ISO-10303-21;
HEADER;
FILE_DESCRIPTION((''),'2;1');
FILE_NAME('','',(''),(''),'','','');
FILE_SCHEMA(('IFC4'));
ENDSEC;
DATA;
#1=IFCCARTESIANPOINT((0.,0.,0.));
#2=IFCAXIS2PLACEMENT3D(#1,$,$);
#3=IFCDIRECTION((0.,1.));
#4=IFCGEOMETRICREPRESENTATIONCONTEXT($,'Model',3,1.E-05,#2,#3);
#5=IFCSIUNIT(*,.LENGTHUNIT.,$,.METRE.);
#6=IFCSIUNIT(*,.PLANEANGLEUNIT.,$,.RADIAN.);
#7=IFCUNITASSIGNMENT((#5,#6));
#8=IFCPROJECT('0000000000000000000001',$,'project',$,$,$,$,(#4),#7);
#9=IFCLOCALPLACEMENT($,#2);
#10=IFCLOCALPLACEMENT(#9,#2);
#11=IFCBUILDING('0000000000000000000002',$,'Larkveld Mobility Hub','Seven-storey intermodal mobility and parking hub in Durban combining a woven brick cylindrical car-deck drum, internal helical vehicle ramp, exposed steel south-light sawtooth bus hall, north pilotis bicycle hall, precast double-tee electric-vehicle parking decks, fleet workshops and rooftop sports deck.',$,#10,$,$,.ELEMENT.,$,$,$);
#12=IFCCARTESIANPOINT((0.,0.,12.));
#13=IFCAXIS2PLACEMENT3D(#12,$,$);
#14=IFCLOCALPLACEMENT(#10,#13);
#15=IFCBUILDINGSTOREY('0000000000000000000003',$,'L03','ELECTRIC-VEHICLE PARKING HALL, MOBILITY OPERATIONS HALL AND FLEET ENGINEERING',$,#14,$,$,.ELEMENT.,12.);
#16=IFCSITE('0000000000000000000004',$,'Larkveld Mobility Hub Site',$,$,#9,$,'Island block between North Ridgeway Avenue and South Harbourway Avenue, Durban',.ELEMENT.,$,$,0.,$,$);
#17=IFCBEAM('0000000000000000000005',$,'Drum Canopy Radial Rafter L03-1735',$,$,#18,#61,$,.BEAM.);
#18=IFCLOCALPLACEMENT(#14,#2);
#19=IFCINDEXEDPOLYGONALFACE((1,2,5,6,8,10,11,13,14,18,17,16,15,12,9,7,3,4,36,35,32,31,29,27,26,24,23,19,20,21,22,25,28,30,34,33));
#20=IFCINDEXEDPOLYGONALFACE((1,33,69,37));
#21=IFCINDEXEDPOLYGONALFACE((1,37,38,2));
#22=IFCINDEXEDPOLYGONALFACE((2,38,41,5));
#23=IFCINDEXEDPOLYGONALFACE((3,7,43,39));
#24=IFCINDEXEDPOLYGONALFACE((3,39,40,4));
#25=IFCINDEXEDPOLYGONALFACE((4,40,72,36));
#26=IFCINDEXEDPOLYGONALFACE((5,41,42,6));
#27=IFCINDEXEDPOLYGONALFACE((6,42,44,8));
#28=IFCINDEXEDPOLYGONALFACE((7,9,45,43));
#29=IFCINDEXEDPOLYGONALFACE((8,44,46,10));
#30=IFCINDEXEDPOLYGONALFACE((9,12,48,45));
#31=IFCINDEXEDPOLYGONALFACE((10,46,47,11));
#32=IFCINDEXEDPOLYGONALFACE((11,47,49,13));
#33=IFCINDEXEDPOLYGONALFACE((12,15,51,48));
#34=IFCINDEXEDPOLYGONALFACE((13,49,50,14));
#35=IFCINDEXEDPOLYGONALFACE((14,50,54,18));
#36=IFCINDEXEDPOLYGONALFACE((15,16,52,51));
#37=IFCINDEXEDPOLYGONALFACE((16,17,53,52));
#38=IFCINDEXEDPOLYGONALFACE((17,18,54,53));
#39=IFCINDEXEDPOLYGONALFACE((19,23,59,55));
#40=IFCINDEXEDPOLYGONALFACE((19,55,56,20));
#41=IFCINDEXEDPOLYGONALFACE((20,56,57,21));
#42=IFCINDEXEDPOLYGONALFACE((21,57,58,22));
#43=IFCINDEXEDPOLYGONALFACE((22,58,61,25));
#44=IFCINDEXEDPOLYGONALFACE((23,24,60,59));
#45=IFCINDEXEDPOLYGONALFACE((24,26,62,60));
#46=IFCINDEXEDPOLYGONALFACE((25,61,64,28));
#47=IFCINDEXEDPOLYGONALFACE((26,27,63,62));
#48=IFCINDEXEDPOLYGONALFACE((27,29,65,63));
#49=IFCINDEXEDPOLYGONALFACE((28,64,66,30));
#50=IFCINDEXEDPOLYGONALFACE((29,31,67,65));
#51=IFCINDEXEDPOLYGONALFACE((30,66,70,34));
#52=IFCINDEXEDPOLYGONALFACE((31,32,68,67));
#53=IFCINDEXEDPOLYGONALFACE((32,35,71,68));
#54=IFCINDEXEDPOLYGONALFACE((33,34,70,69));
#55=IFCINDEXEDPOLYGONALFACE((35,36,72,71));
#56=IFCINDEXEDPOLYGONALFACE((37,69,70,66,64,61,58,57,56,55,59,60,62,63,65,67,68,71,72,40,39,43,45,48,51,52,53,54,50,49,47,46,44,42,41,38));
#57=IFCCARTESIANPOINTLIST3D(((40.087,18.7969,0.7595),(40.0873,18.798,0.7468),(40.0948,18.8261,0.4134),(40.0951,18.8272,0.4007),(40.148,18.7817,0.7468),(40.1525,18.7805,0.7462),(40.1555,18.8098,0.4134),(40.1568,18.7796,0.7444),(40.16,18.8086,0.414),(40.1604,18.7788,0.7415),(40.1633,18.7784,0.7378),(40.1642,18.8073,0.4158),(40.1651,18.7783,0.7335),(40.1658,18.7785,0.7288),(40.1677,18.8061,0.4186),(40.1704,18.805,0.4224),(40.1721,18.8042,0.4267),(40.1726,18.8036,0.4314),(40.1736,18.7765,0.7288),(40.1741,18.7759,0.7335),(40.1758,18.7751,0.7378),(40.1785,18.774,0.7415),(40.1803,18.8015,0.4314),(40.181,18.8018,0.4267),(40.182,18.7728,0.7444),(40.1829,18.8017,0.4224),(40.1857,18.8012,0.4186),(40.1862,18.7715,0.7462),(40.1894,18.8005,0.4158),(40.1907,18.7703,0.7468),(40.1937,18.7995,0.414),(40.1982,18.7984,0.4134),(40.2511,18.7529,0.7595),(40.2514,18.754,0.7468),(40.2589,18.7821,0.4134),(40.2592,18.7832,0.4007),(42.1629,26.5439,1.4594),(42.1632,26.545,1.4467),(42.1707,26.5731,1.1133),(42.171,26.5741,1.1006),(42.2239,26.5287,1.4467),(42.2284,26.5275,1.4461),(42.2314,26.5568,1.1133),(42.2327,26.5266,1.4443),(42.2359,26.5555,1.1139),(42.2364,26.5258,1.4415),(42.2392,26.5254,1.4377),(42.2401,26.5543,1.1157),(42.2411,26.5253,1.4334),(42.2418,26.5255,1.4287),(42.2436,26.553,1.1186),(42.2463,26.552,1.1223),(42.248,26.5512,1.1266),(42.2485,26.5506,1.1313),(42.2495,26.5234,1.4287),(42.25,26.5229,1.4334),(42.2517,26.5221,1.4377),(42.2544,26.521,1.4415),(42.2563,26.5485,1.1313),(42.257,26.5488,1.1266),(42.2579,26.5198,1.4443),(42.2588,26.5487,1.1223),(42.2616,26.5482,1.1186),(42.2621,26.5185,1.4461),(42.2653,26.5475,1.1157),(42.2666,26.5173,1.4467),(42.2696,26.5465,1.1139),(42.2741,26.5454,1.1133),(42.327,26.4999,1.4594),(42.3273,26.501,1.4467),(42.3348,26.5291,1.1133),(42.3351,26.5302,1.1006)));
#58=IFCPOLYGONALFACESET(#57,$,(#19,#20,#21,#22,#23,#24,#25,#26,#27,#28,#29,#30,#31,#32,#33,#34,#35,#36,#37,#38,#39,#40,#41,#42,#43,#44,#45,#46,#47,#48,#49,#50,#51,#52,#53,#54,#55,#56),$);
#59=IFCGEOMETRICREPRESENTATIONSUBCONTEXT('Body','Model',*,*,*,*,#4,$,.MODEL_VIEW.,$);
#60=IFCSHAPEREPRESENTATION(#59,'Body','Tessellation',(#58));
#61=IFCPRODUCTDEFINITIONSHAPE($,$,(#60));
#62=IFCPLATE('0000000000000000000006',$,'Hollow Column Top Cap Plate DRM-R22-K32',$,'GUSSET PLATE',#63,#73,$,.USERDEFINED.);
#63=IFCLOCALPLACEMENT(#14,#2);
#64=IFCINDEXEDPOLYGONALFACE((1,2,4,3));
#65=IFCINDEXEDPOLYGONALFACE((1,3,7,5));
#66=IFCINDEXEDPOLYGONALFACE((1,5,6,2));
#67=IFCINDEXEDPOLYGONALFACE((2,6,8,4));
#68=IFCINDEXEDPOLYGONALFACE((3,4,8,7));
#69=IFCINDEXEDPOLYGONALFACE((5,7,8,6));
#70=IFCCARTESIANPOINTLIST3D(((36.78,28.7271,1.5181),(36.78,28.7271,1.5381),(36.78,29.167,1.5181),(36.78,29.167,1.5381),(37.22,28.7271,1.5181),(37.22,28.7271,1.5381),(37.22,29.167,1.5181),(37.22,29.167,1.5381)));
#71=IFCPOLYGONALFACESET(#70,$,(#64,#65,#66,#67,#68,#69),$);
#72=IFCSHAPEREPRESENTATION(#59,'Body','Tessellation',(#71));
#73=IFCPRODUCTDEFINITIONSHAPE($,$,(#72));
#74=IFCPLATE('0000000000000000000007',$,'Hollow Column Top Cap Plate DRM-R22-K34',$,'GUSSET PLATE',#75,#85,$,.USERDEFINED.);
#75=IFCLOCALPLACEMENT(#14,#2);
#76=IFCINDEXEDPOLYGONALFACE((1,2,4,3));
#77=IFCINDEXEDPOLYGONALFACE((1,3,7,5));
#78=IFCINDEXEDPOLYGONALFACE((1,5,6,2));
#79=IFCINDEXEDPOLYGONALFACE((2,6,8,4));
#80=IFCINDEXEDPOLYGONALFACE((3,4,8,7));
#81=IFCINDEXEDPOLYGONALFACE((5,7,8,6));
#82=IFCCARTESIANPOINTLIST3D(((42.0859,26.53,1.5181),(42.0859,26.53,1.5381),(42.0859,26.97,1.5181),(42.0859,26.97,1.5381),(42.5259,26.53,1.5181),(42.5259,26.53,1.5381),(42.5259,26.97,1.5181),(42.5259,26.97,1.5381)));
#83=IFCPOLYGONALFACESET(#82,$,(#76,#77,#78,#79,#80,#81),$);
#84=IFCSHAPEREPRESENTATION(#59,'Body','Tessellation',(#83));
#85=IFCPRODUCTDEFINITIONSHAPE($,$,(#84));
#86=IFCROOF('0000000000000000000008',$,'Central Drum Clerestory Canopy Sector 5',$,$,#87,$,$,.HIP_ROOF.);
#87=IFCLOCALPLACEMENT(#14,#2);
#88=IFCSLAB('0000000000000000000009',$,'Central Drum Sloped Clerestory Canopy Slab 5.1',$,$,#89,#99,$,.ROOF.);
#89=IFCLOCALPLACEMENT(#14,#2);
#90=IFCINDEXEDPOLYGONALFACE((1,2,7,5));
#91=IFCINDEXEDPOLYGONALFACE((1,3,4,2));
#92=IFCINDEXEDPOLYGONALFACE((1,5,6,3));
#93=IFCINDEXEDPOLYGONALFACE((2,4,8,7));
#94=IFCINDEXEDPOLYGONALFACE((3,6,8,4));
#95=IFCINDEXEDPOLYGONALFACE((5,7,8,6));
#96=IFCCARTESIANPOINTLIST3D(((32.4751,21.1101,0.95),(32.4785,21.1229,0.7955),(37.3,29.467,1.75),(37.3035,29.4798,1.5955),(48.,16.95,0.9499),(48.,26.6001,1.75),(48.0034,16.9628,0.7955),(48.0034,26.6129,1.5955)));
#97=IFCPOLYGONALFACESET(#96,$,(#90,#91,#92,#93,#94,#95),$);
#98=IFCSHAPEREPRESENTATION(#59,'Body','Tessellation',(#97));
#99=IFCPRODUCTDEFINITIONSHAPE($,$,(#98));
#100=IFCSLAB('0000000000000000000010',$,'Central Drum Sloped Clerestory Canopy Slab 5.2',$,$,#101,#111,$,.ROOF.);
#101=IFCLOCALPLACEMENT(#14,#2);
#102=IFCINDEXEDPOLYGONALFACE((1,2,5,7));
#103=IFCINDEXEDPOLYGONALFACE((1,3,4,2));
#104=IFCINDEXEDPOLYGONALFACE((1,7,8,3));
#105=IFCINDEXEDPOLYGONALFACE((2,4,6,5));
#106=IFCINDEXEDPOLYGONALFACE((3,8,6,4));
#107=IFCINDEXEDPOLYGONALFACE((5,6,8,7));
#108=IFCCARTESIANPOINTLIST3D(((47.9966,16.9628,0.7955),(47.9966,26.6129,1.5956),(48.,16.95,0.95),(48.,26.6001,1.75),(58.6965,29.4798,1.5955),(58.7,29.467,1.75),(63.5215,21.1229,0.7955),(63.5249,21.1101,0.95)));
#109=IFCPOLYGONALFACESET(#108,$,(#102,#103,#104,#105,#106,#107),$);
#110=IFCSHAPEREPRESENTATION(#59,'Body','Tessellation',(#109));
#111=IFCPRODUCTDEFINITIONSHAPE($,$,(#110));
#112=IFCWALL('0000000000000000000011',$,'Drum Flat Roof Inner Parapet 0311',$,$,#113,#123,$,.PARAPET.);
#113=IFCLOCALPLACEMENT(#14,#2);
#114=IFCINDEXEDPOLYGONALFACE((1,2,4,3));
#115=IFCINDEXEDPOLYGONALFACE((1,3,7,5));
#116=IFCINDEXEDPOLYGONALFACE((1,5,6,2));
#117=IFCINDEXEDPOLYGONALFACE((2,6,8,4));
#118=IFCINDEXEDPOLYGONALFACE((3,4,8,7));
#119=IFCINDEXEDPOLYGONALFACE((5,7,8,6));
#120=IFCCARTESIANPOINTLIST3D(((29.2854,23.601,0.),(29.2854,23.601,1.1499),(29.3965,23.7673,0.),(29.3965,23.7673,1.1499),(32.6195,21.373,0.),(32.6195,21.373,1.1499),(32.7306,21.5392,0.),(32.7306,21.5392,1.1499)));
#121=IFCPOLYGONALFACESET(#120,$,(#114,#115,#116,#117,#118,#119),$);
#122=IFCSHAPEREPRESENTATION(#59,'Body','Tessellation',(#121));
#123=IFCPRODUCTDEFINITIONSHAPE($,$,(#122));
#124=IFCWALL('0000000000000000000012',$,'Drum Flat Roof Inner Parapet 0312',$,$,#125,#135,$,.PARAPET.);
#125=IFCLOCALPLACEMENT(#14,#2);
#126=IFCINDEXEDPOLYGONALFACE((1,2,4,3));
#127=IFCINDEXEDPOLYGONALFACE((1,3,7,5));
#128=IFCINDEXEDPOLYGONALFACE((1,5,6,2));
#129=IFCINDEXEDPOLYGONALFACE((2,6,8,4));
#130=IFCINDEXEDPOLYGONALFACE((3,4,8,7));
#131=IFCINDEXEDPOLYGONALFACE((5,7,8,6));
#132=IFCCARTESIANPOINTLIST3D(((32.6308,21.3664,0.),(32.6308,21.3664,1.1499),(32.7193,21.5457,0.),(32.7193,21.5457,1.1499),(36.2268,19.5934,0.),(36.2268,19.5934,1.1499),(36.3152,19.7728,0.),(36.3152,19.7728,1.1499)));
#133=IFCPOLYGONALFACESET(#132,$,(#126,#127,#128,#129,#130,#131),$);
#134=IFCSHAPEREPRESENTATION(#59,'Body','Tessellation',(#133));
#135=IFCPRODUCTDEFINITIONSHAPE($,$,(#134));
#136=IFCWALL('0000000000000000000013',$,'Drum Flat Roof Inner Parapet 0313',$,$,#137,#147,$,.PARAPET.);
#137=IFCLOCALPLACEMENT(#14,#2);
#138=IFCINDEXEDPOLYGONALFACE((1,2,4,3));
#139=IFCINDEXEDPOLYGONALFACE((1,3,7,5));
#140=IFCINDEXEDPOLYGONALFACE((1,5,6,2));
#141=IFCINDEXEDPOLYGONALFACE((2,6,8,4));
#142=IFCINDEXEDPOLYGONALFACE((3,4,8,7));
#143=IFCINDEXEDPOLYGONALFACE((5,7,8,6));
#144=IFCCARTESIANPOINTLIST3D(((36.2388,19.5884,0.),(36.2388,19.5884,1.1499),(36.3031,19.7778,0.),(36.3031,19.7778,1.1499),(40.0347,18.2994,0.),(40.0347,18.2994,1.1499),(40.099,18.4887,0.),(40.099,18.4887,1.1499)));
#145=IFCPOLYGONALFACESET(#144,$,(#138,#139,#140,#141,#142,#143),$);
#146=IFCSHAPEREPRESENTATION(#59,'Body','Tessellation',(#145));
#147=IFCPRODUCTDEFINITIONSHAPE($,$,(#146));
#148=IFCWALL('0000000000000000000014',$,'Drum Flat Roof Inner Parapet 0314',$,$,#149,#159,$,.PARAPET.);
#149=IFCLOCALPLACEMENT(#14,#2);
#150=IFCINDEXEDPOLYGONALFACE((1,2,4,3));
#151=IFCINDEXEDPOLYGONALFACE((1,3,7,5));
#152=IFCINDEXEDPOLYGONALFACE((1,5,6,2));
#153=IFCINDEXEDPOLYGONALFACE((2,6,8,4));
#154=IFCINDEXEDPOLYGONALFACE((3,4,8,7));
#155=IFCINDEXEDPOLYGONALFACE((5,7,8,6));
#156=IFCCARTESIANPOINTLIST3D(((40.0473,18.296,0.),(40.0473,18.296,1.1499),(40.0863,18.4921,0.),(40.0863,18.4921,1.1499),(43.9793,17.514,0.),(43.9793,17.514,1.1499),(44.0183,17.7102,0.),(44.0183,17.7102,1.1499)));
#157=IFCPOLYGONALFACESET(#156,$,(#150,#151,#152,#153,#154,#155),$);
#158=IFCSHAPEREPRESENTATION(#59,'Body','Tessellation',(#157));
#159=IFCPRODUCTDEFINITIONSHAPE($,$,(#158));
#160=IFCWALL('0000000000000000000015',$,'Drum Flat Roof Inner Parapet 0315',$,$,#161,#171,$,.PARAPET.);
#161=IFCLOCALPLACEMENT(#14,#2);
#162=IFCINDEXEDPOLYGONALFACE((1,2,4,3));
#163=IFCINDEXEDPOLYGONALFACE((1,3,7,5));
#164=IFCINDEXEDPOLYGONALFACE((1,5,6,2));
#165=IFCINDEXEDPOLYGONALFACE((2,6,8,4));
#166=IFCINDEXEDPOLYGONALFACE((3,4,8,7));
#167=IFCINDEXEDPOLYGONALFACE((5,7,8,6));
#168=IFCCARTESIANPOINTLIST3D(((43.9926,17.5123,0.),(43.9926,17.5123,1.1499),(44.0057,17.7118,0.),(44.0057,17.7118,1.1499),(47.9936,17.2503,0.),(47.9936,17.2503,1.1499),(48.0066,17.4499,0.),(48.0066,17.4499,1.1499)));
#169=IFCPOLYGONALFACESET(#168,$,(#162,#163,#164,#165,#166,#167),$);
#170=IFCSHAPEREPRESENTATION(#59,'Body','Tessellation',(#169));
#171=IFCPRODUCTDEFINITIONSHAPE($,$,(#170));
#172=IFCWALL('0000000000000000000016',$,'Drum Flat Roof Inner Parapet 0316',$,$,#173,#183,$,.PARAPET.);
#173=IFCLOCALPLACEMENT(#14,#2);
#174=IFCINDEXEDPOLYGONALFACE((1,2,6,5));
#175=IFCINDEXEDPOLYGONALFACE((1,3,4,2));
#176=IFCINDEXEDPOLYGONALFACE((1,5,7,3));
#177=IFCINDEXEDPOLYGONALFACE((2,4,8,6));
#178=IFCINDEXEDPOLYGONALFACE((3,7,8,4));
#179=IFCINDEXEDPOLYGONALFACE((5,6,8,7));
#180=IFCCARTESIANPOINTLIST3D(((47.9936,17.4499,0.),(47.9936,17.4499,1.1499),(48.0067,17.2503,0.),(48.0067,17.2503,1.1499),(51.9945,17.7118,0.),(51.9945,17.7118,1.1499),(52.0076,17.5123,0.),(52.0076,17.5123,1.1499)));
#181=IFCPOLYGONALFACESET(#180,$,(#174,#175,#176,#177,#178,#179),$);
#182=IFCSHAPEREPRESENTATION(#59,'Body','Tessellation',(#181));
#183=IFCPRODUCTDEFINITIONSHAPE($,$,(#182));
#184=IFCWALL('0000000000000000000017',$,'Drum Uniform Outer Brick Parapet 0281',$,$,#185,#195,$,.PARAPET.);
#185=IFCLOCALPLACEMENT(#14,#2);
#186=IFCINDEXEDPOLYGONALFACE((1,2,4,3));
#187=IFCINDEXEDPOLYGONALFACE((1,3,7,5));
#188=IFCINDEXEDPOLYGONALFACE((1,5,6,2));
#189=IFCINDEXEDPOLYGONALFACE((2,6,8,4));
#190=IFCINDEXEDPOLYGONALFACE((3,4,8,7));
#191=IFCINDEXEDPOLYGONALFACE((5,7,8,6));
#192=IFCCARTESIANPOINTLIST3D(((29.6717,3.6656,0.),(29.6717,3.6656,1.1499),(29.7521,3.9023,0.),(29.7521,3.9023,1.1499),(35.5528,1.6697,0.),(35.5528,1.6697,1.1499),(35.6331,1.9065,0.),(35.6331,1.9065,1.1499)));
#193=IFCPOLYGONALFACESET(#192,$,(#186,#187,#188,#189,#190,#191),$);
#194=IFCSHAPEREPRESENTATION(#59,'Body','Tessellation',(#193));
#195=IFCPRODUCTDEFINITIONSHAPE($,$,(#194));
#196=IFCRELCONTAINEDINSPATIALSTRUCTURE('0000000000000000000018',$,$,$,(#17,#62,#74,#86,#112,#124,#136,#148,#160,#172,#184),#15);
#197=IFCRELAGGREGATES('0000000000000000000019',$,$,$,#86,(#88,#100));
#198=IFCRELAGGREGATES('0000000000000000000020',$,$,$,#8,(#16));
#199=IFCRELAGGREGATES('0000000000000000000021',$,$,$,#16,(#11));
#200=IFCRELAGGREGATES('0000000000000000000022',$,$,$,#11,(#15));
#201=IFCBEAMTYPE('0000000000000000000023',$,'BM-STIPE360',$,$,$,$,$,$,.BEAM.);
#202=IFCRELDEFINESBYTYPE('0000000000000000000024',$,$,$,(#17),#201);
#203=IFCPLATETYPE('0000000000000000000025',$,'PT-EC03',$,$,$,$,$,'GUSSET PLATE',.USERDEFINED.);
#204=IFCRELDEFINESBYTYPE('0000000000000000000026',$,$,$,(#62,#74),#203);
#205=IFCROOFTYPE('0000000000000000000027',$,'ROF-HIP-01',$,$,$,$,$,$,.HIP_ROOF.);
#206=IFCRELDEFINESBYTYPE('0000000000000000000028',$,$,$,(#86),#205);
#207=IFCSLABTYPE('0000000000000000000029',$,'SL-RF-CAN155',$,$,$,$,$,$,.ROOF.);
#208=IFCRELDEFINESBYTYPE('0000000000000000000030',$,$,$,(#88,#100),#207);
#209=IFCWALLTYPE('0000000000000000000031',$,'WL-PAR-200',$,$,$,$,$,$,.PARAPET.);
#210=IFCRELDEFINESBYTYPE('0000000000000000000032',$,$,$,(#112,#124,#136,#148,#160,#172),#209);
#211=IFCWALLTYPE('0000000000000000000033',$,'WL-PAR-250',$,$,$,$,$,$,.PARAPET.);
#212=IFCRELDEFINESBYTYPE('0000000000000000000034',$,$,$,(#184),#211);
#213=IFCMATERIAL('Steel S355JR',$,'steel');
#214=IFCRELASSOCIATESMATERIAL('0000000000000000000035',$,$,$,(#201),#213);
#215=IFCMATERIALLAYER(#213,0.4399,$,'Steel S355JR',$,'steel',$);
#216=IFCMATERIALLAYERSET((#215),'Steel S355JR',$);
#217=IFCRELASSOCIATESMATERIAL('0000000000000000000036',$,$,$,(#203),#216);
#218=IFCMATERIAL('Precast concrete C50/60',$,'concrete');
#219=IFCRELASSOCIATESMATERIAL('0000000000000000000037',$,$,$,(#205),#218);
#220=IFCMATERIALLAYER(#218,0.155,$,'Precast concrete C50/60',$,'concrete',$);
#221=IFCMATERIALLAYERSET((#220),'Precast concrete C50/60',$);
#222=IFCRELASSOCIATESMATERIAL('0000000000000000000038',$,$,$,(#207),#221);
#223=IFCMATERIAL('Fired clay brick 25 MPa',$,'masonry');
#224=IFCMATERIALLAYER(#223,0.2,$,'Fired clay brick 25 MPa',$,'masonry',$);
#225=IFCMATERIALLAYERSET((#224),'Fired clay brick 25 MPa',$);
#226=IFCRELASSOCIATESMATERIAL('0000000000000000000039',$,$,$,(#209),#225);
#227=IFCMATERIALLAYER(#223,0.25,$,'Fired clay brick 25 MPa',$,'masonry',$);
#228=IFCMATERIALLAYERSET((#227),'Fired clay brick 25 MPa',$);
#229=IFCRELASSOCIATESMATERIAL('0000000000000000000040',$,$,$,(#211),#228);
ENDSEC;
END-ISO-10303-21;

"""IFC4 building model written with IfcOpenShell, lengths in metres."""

from ifc_helpers import new_model, si_unit, direction, frame, frame_2d, origin, origin_2d, place, context, subcontext, project, spatial, polyline, rectangle, i_section, outline, extrude, material, layer, layer_set, material_profile, profile_set, type_object, element, aggregate, save


model = new_model("IFC4")

# Units and contexts
model_context = context("Model", 3, precision=1e-05, world=origin(), true_north=direction((0.0, 1.0)))
body_context = subcontext(model_context, "Body", "Model", "MODEL_VIEW")
ifc_project = project(units=[si_unit("LENGTHUNIT", "METRE"), si_unit("PLANEANGLEUNIT", "RADIAN")], contexts=[model_context])

# Site, building, storey
site_placement = place(None, origin())
site = spatial("IfcSite", under=ifc_project, at=site_placement, Name="Larkveld Mobility Hub Site", LongName="Island block between North Ridgeway Avenue and South Harbourway Avenue, Durban", CompositionType="ELEMENT", RefElevation=0.0)
building_placement = place(site_placement, origin())
building = spatial("IfcBuilding", under=site, at=building_placement, Name="Larkveld Mobility Hub", Description="Seven-storey intermodal mobility and parking hub in Durban combining a woven brick cylindrical car-deck drum, internal helical vehicle ramp, exposed steel south-light sawtooth bus hall, north pilotis bicycle hall, precast double-tee electric-vehicle parking decks, fleet workshops and rooftop sports deck.", CompositionType="ELEMENT")
storey_placement = place(building_placement, frame((0.0, 0.0, 12.0)))
storey = spatial("IfcBuildingStorey", under=building, at=storey_placement, Name="L03", Description="ELECTRIC-VEHICLE PARKING HALL, MOBILITY OPERATIONS HALL AND FLEET ENGINEERING", CompositionType="ELEMENT", Elevation=12.0)

# Shared definitions
ifc_material_1 = material(Name="Steel S355JR", Category="steel")

# Beam
ifc_material_profile_1 = material_profile(ifc_material_1, i_section(OverallWidth=0.1699, OverallDepth=0.3601, WebThickness=0.0081, FlangeThickness=0.0127, FilletRadius=0.0181, at=origin_2d()), Name="IPE 360")
ifc_profile_set_1 = profile_set([ifc_material_profile_1], Name="Steel S355JR")
beam_type_1 = type_object("IfcBeamType", Name="BM-STIPE360", PredefinedType="BEAM", material=ifc_profile_set_1)
beam_1_placement = place(storey_placement, frame((40.1731, 18.79, 0.5801), z_axis=(0.257851, 0.962265, 0.086941), x_axis=(-0.965923, 0.258831, 0.0)))
element("IfcBeam", 1, at=beam_1_placement, inside=storey, type_object=beam_type_1, Name="Drum Canopy Radial Rafter L03-1735", PredefinedType="BEAM", context=body_context, shape_type="SweptSolid", body=[
    extrude(i_section(OverallWidth=0.1699, OverallDepth=0.3601, WebThickness=0.0081, FlangeThickness=0.0127, FilletRadius=0.0181, at=origin_2d()), origin(), (0.0, 0.0, 1.0), 8.0508),
])

# Plates
ifc_layer_1 = layer(ifc_material_1, 0.4399, Name="Steel S355JR", Category="steel")
ifc_layer_set_1 = layer_set([ifc_layer_1], Name="Steel S355JR")
plate_type = type_object("IfcPlateType", Name="PT-EC03", ElementType="GUSSET PLATE", PredefinedType="USERDEFINED", material=ifc_layer_set_1)
for number, where, z_axis, x_axis, name in (
    (2, (37.0, 28.947, 1.5181), (0.0, 0.0, 1.0), (1.0, 0.0, 0.0), "Hollow Column Top Cap Plate DRM-R22-K32"),
    (3, (42.3059, 26.75, 1.5181), (0.0, 0.0, 1.0), (1.0, 0.0, 0.0), "Hollow Column Top Cap Plate DRM-R22-K34"),
):
    element("IfcPlate", number, at=place(storey_placement, frame(where, z_axis=z_axis, x_axis=x_axis)), inside=storey, type_object=plate_type, Name=name, ObjectType="GUSSET PLATE", PredefinedType="USERDEFINED", context=body_context, shape_type="SweptSolid", body=[
        extrude(rectangle(XDim=0.4399, YDim=0.4399, at=origin_2d()), origin(), (0.0, 0.0, 1.0), 0.02),
    ])

# Roof, slabs
ifc_material_2 = material(Name="Precast concrete C50/60", Category="concrete")
roof_type = type_object("IfcRoofType", Name="ROF-HIP-01", PredefinedType="HIP_ROOF", material=ifc_material_2)
roof_placement = place(storey_placement, origin())
roof = element("IfcRoof", 4, at=roof_placement, inside=storey, type_object=roof_type, Name="Central Drum Clerestory Canopy Sector 5", PredefinedType="HIP_ROOF")
ifc_layer_2 = layer(ifc_material_2, 0.155, Name="Precast concrete C50/60", Category="concrete")
ifc_layer_set_2 = layer_set([ifc_layer_2], Name="Precast concrete C50/60")
slab_type = type_object("IfcSlabType", Name="SL-RF-CAN155", PredefinedType="ROOF", material=ifc_layer_set_2)
slab_1_placement = place(storey_placement, frame((32.4751, 21.1101, 0.95), z_axis=(-0.022134, -0.082603, 0.996337), x_axis=(0.965922, -0.258835, -0.000001)))
slab_1 = element("IfcSlab", 5, at=slab_1_placement, type_object=slab_type, Name="Central Drum Sloped Clerestory Canopy Slab 5.1", PredefinedType="ROOF", context=body_context, shape_type="SweptSolid", body=[
    extrude(outline(polyline([(0.0, 0.0), (16.0726, 0.0), (13.5748, 9.3556), (2.4975, 9.3553), (0.0, 0.0)])), origin(), (0.0, 0.0, -1.0), 0.155),
])
slab_2_placement = place(storey_placement, frame((48.0, 16.95, 0.95), z_axis=(0.022134, -0.082603, 0.996337), x_axis=(0.965922, 0.258835, 0.000001)))
slab_2 = element("IfcSlab", 6, at=slab_2_placement, type_object=slab_type, Name="Central Drum Sloped Clerestory Canopy Slab 5.2", PredefinedType="ROOF", context=body_context, shape_type="SweptSolid", body=[
    extrude(outline(polyline([(0.0, 0.0), (16.0726, 0.0), (13.5752, 9.3553), (2.4978, 9.3556), (0.0, 0.0)])), origin(), (0.0, 0.0, -1.0), 0.155),
])
aggregate(roof, [slab_1, slab_2])

# Walls
ifc_material_3 = material(Name="Fired clay brick 25 MPa", Category="masonry")
ifc_layer_3 = layer(ifc_material_3, 0.2, Name="Fired clay brick 25 MPa", Category="masonry")
ifc_layer_set_3 = layer_set([ifc_layer_3], Name="Fired clay brick 25 MPa")
wall_type_1 = type_object("IfcWallType", Name="WL-PAR-200", PredefinedType="PARAPET", material=ifc_layer_set_3)
wall_1_placement = place(storey_placement, frame((29.3411, 23.6841, 0.0), z_axis=(0.0, 0.0, 1.0), x_axis=(0.831432, -0.555627, 0.0)))
element("IfcWall", 7, at=wall_1_placement, inside=storey, type_object=wall_type_1, Name="Drum Flat Roof Inner Parapet 0311", PredefinedType="PARAPET", context=body_context, shape_type="SweptSolid", body=[
    extrude(rectangle(XDim=4.01, YDim=0.2, at=frame_2d((2.0049, 0.0))), origin(), (0.0, 0.0, 1.0), 1.1499),
])
wall_2_placement = place(storey_placement, frame((32.675, 21.4561, 0.0), z_axis=(0.0, 0.0, 1.0), x_axis=(0.89691, -0.442213, 0.0)))
element("IfcWall", 8, at=wall_2_placement, inside=storey, type_object=wall_type_1, Name="Drum Flat Roof Inner Parapet 0312", PredefinedType="PARAPET", context=body_context, shape_type="SweptSolid", body=[
    extrude(rectangle(XDim=4.0093, YDim=0.2, at=frame_2d((2.0046, 0.0))), origin(), (0.0, 0.0, 1.0), 1.1499),
])
wall_3_placement = place(storey_placement, frame((36.271, 19.6831, 0.0), z_axis=(0.0, 0.0, 1.0), x_axis=(0.94689, -0.321558, 0.0)))
element("IfcWall", 9, at=wall_3_placement, inside=storey, type_object=wall_type_1, Name="Drum Flat Roof Inner Parapet 0313", PredefinedType="PARAPET", context=body_context, shape_type="SweptSolid", body=[
    extrude(rectangle(XDim=4.0088, YDim=0.2, at=frame_2d((2.0044, 0.0))), origin(), (0.0, 0.0, 1.0), 1.1499),
])
wall_4_placement = place(storey_placement, frame((40.0669, 18.394, 0.0), z_axis=(0.0, 0.0, 1.0), x_axis=(0.980793, -0.19505, 0.0)))
element("IfcWall", 10, at=wall_4_placement, inside=storey, type_object=wall_type_1, Name="Drum Flat Roof Inner Parapet 0314", PredefinedType="PARAPET", context=body_context, shape_type="SweptSolid", body=[
    extrude(rectangle(XDim=4.009, YDim=0.2, at=frame_2d((2.0044, 0.0))), origin(), (0.0, 0.0, 1.0), 1.1499),
])
for number, where, z_axis, x_axis, name in (
    (11, (43.999, 17.6121, 0.0), (0.0, 0.0, 1.0), (0.997863, -0.065335, 0.0), "Drum Flat Roof Inner Parapet 0315"),
    (12, (48.0, 17.3501, 0.0), (0.0, 0.0, 1.0), (0.997863, 0.065335, 0.0), "Drum Flat Roof Inner Parapet 0316"),
):
    element("IfcWall", number, at=place(storey_placement, frame(where, z_axis=z_axis, x_axis=x_axis)), inside=storey, type_object=wall_type_1, Name=name, PredefinedType="PARAPET", context=body_context, shape_type="SweptSolid", body=[
        extrude(rectangle(XDim=4.0095, YDim=0.2, at=frame_2d((2.0049, 0.0))), origin(), (0.0, 0.0, 1.0), 1.1499),
    ])
ifc_layer_4 = layer(ifc_material_3, 0.25, Name="Fired clay brick 25 MPa", Category="masonry")
ifc_layer_set_4 = layer_set([ifc_layer_4], Name="Fired clay brick 25 MPa")
wall_type_2 = type_object("IfcWallType", Name="WL-PAR-250", PredefinedType="PARAPET", material=ifc_layer_set_4)
wall_5_placement = place(storey_placement, frame((29.7119, 3.7839, 0.0), z_axis=(0.0, 0.0, 1.0), x_axis=(0.946955, -0.321365, 0.0)))
element("IfcWall", 13, at=wall_5_placement, inside=storey, type_object=wall_type_2, Name="Drum Uniform Outer Brick Parapet 0281", PredefinedType="PARAPET", context=body_context, shape_type="SweptSolid", body=[
    extrude(rectangle(XDim=6.2104, YDim=0.25, at=frame_2d((3.1052, 0.0))), origin(), (0.0, 0.0, 1.0), 1.1499),
])

save(model, "model.ifc")
